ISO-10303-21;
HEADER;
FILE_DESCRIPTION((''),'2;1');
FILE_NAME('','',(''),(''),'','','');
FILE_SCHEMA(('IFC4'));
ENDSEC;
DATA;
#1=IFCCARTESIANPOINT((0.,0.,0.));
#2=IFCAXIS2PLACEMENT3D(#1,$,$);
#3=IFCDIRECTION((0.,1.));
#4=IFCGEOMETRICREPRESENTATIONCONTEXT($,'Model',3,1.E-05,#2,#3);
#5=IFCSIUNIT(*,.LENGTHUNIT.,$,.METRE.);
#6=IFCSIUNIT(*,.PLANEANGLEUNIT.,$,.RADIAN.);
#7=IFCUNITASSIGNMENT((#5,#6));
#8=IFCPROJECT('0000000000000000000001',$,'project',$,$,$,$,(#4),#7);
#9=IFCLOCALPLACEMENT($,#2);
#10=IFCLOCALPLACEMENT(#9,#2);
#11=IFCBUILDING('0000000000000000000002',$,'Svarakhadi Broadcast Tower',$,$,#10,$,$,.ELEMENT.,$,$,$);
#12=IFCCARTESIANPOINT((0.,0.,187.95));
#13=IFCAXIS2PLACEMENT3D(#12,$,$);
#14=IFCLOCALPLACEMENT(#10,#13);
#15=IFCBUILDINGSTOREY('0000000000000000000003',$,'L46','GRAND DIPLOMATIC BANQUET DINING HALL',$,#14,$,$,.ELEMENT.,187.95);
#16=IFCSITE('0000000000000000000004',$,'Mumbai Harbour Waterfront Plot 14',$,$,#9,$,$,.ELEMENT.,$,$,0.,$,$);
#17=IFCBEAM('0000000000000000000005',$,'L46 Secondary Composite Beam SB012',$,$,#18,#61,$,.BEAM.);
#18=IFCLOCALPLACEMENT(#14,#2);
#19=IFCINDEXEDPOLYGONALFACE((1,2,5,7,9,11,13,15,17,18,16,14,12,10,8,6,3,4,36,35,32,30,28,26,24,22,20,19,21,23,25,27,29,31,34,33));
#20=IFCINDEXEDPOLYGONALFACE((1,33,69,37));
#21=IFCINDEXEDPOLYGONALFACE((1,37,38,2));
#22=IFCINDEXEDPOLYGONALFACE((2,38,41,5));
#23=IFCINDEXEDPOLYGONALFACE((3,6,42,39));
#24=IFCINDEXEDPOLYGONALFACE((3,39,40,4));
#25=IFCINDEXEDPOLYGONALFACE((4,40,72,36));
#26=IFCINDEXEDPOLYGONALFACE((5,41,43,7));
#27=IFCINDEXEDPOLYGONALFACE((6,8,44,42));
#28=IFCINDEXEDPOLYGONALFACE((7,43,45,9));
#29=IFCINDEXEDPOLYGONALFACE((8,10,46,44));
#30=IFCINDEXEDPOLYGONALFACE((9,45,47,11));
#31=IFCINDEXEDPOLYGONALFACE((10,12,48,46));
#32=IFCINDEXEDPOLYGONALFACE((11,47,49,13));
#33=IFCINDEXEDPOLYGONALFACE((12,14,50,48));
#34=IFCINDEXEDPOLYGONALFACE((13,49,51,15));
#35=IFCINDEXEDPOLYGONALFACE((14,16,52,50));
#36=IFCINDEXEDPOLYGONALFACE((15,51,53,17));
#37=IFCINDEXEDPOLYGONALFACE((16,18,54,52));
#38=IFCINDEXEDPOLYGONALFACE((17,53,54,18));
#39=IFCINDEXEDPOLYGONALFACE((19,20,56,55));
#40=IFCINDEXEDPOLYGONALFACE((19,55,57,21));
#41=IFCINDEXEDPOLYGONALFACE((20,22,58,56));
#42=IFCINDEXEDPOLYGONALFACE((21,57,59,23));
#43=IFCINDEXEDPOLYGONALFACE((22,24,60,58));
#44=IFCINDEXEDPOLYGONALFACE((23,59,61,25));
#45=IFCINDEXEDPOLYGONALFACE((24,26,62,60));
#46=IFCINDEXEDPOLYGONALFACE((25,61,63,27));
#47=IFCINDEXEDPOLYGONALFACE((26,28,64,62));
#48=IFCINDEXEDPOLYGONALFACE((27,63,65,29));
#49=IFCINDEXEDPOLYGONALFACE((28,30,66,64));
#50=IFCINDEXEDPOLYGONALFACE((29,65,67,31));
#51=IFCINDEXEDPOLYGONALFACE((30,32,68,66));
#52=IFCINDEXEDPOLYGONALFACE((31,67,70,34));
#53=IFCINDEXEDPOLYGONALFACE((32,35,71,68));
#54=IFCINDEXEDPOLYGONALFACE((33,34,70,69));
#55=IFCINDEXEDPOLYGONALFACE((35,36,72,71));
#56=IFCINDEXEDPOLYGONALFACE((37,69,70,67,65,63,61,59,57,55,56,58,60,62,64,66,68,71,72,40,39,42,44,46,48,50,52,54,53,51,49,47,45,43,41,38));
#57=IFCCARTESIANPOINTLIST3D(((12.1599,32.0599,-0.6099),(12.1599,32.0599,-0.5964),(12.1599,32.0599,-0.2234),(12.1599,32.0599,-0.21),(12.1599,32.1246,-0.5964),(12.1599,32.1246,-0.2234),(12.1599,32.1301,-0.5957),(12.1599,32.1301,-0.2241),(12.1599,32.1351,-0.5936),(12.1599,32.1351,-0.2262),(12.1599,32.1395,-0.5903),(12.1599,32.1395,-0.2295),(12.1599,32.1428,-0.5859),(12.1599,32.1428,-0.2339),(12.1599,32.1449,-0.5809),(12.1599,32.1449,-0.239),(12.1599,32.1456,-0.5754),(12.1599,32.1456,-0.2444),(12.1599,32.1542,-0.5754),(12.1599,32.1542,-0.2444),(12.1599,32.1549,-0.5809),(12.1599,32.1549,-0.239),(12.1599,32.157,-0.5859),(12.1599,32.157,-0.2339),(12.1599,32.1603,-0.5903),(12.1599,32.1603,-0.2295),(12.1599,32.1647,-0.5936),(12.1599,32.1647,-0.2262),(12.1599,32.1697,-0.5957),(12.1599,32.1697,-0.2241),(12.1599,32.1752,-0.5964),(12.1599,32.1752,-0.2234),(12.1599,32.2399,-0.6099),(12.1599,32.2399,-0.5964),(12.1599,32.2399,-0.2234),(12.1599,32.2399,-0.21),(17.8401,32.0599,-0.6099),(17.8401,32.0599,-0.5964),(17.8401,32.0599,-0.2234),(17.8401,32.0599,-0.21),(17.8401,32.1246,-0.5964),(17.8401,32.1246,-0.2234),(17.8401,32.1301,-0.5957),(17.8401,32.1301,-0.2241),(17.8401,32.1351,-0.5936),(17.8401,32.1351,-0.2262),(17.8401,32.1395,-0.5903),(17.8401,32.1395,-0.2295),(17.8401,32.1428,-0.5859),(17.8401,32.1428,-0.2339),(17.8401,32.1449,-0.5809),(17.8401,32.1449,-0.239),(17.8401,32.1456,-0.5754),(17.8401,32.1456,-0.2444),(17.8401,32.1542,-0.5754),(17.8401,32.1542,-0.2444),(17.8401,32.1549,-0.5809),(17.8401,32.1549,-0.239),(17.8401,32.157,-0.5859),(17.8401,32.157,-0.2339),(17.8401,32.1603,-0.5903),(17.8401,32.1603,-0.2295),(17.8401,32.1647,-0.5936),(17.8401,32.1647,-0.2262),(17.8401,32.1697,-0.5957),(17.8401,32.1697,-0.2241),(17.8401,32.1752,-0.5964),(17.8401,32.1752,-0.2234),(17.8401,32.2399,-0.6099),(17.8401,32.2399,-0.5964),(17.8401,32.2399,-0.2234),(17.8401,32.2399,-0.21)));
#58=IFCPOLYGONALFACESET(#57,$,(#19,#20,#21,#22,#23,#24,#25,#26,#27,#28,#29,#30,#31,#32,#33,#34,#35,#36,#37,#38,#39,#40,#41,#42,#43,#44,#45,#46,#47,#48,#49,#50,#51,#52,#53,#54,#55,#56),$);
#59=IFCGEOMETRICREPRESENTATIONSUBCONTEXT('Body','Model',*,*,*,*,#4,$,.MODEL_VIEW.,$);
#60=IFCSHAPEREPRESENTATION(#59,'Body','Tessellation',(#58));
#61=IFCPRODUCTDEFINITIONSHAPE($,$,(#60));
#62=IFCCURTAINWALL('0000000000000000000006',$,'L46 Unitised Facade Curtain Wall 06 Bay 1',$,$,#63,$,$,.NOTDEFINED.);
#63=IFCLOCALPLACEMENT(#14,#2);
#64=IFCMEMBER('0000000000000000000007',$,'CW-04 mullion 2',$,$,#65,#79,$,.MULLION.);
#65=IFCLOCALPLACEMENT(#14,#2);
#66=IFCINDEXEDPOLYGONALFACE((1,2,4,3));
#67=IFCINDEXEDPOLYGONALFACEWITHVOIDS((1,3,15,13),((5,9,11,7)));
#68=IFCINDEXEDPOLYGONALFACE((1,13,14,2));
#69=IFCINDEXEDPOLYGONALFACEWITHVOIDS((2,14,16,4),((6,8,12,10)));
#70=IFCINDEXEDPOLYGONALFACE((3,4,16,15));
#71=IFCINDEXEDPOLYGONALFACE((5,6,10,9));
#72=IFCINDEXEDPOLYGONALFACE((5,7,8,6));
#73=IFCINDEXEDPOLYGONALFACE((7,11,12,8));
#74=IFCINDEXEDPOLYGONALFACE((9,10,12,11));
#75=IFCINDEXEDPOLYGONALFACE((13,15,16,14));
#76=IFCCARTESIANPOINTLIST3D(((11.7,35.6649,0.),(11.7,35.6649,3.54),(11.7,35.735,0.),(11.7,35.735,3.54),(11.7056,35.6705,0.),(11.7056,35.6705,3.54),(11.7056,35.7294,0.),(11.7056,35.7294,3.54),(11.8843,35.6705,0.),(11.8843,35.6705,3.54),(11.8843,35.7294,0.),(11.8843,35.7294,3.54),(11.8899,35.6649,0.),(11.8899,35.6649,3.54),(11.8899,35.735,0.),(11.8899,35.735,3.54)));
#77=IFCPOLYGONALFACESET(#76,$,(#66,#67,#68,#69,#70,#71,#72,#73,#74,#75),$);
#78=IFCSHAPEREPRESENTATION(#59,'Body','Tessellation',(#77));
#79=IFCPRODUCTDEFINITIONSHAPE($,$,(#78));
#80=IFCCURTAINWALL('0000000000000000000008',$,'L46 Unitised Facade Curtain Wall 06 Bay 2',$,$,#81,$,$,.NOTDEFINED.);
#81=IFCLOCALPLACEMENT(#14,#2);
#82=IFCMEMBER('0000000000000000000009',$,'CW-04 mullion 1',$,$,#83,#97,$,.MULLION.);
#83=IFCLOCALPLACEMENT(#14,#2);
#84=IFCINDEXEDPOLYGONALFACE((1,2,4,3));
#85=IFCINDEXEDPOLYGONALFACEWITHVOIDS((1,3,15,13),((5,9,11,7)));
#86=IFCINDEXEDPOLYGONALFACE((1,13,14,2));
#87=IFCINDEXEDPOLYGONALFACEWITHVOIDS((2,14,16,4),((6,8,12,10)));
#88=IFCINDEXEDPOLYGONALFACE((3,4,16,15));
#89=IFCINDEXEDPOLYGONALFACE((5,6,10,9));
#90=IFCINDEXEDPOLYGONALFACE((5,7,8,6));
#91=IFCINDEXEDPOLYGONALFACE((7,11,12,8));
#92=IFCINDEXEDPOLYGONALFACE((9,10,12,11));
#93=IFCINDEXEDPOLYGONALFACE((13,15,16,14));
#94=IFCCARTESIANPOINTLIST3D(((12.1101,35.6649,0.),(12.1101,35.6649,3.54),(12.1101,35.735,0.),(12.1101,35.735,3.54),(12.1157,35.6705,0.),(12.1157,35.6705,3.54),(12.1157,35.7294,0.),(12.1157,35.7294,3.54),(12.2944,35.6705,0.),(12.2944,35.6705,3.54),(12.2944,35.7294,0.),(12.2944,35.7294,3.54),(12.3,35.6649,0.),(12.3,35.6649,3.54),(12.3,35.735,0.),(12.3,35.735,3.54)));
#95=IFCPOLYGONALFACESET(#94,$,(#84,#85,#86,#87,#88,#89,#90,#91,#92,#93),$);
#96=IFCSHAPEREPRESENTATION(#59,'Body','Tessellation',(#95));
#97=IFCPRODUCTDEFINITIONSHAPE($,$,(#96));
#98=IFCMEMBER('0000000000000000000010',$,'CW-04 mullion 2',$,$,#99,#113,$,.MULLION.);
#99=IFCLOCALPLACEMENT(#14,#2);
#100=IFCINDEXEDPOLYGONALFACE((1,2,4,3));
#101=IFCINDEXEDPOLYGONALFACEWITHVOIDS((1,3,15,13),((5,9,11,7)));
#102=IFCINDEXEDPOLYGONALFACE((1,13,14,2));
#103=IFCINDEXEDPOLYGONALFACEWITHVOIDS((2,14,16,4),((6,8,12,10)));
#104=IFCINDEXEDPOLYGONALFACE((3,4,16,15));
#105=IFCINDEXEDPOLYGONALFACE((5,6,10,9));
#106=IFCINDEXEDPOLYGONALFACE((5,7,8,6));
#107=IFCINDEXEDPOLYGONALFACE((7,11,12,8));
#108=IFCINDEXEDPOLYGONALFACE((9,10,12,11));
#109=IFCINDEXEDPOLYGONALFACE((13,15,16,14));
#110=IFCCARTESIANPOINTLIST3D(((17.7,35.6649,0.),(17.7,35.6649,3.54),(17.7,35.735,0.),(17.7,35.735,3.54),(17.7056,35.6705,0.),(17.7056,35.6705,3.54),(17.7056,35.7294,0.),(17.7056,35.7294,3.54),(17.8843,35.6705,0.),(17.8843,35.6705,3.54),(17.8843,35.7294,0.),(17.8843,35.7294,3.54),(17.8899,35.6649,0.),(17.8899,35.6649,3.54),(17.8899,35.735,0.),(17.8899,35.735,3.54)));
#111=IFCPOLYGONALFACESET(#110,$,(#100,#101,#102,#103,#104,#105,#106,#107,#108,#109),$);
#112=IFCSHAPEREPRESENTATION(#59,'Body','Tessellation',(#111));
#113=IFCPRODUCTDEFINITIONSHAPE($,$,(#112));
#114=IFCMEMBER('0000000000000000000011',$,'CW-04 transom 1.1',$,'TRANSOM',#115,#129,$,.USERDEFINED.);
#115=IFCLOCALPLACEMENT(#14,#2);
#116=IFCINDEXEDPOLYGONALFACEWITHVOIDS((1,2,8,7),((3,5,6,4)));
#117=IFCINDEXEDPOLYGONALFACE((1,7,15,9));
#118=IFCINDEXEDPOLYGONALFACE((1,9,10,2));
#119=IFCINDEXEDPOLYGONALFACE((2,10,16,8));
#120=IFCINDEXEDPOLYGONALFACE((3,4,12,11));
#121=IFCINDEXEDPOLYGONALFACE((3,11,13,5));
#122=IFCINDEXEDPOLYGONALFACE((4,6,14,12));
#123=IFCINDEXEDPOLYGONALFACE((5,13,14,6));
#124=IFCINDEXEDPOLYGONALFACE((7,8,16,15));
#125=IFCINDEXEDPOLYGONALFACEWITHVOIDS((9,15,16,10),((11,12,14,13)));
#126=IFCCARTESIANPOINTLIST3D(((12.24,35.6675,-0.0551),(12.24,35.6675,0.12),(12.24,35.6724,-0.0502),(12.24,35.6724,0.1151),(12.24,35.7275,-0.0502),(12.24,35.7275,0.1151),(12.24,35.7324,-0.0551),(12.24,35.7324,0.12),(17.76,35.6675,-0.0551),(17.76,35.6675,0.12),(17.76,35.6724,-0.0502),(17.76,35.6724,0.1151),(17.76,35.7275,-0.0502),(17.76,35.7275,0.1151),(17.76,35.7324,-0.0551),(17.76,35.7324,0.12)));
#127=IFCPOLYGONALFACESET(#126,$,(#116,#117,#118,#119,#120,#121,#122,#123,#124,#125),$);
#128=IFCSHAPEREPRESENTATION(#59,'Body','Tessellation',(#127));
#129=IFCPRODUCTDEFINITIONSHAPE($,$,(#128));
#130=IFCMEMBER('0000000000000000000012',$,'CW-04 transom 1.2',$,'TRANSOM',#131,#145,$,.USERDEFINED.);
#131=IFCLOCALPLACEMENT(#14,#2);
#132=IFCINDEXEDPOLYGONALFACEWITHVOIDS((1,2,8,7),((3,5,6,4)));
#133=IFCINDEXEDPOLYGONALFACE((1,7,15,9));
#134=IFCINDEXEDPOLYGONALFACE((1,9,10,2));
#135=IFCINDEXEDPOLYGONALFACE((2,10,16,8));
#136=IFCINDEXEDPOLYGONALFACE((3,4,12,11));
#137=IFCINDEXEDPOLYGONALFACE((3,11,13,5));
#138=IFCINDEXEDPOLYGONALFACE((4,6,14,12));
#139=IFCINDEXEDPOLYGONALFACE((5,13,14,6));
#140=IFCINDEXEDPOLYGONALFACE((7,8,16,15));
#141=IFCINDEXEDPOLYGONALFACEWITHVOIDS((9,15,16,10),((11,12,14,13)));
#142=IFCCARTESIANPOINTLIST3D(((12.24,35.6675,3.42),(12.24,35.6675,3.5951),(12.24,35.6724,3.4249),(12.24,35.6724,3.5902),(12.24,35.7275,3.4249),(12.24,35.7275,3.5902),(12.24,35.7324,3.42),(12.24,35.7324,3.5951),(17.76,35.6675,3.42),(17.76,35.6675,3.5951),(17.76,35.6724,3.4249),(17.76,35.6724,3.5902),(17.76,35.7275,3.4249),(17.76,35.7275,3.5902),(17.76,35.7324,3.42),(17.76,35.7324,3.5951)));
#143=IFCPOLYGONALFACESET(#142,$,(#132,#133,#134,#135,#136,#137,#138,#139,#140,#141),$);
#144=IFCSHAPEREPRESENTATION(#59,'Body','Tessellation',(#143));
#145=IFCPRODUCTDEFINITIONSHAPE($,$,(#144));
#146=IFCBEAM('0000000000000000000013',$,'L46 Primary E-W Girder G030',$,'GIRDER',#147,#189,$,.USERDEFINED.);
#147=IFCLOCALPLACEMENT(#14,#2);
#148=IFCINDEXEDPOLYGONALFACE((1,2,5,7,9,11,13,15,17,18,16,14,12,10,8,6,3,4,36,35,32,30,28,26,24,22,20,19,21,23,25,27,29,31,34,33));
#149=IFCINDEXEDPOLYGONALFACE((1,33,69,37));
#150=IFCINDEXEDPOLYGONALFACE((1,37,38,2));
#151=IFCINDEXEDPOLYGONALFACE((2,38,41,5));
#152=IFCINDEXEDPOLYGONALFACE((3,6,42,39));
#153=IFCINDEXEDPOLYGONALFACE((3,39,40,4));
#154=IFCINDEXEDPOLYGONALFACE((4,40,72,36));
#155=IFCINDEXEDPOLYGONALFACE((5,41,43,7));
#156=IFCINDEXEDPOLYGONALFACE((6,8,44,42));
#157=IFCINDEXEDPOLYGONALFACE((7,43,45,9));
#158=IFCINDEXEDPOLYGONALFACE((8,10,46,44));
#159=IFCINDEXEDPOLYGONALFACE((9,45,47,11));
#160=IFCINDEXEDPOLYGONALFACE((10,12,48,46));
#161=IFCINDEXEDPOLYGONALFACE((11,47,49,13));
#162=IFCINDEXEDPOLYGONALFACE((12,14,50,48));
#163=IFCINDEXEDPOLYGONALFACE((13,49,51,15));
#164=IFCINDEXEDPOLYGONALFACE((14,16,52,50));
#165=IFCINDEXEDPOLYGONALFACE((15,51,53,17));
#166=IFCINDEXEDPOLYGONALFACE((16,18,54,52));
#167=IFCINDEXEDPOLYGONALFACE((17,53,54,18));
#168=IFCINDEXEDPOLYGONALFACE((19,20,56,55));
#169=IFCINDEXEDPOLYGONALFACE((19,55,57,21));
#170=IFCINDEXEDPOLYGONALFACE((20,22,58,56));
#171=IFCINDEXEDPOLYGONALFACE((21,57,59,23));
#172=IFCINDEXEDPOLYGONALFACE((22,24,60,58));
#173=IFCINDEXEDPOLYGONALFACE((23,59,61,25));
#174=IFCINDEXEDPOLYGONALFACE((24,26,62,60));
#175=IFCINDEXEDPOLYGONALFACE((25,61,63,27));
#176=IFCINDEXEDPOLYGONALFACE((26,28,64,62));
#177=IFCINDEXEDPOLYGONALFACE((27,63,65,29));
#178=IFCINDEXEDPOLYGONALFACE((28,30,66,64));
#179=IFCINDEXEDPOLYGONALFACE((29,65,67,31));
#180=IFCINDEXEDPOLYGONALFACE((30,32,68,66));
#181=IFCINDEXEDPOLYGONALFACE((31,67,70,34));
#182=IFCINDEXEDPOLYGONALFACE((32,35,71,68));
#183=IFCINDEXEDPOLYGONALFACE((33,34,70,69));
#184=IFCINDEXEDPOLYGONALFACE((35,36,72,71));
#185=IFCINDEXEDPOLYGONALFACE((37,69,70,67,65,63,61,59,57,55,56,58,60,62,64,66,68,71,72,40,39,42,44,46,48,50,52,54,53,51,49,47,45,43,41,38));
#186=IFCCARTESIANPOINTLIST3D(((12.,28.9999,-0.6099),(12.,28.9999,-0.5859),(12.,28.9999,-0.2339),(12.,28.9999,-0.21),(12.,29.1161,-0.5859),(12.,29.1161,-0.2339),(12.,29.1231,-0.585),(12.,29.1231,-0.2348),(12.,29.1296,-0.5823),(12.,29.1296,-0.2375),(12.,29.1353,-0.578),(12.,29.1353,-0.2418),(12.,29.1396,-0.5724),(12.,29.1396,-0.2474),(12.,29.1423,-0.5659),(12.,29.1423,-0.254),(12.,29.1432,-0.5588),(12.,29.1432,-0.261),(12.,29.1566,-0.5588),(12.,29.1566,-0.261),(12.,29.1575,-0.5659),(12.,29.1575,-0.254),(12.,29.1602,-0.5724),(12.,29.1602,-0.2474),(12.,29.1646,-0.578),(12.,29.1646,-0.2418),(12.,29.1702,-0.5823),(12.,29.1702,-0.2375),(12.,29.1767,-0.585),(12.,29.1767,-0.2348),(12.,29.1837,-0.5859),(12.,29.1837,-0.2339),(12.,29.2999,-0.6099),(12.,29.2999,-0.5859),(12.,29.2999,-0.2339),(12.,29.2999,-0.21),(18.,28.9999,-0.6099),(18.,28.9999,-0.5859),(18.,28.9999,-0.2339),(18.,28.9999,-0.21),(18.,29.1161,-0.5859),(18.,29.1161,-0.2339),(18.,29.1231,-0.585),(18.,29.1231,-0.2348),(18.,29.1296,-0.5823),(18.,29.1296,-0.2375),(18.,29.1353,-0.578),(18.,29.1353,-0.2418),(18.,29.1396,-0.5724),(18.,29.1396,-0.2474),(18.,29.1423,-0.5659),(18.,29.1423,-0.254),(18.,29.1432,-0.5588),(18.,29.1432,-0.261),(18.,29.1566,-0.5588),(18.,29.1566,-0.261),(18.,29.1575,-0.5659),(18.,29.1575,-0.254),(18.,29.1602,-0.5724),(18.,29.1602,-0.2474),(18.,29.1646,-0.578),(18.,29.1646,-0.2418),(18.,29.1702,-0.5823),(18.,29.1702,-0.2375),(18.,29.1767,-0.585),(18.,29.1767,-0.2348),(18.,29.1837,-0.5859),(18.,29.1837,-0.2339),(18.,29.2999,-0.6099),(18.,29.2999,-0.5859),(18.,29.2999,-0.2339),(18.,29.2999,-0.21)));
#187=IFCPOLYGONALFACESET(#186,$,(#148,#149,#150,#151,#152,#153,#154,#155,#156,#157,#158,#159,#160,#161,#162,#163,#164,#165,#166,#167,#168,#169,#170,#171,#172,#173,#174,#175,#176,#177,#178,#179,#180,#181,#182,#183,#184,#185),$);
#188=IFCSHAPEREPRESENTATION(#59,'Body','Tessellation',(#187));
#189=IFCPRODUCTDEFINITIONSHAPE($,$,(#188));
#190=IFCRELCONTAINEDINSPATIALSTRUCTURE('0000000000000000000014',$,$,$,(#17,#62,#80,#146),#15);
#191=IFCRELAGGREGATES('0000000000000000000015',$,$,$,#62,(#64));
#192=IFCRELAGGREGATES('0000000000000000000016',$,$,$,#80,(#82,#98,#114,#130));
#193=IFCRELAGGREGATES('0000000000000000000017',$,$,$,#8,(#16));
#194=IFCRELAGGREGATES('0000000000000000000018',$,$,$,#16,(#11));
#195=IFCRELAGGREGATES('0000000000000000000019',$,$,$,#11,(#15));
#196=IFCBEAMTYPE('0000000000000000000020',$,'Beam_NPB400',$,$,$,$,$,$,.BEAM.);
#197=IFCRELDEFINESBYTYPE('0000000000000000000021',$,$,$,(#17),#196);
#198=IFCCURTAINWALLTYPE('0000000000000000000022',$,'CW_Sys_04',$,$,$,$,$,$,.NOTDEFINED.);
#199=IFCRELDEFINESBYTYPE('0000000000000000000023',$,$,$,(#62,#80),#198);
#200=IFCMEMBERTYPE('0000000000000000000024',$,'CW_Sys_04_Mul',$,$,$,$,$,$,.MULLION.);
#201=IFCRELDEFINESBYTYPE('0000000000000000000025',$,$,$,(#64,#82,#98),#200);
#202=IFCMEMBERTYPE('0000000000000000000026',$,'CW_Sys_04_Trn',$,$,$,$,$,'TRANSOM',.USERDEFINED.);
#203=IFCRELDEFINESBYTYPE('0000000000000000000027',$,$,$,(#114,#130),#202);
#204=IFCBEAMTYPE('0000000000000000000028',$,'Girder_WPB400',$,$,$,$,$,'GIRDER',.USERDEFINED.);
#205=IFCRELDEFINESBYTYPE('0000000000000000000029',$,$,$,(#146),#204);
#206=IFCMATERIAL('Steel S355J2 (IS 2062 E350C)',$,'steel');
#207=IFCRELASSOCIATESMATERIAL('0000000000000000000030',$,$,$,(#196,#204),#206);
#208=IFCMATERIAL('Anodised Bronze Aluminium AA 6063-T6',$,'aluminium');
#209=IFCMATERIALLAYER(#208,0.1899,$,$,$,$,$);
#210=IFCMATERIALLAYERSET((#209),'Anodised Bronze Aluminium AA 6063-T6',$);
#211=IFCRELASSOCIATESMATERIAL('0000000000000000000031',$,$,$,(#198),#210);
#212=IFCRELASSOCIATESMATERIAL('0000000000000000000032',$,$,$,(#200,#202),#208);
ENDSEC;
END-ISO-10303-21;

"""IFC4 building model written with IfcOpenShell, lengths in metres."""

from ifc_helpers import new_model, si_unit, direction, frame, origin, origin_2d, place, context, subcontext, project, spatial, hollow_rectangle, i_section, extrude, material, layer, layer_set, material_profile, profile_set, type_object, element, aggregate, save


model = new_model("IFC4")

# Units and contexts
model_context = context("Model", 3, precision=1e-05, world=origin(), true_north=direction((0.0, 1.0)))
body_context = subcontext(model_context, "Body", "Model", "MODEL_VIEW")
ifc_project = project(units=[si_unit("LENGTHUNIT", "METRE"), si_unit("PLANEANGLEUNIT", "RADIAN")], contexts=[model_context])

# Site, building, storey
site_placement = place(None, origin())
site = spatial("IfcSite", under=ifc_project, at=site_placement, Name="Mumbai Harbour Waterfront Plot 14", CompositionType="ELEMENT", RefElevation=0.0)
building_placement = place(site_placement, origin())
building = spatial("IfcBuilding", under=site, at=building_placement, Name="Svarakhadi Broadcast Tower", CompositionType="ELEMENT")
storey_placement = place(building_placement, frame((0.0, 0.0, 187.95)))
storey = spatial("IfcBuildingStorey", under=building, at=storey_placement, Name="L46", Description="GRAND DIPLOMATIC BANQUET DINING HALL", CompositionType="ELEMENT", Elevation=187.95)

# Beam
ifc_material_1 = material(Name="Steel S355J2 (IS 2062 E350C)", Category="steel")
ifc_material_profile_1 = material_profile(ifc_material_1, i_section(OverallWidth=0.1799, OverallDepth=0.3999, WebThickness=0.0085, FlangeThickness=0.0134, FilletRadius=0.021, at=origin_2d()), Name="NPB 400x180x66")
ifc_profile_set_1 = profile_set([ifc_material_profile_1], Name="Steel S355J2 (IS 2062 E350C)")
beam_type_1 = type_object("IfcBeamType", Name="Beam_NPB400", PredefinedType="BEAM", material=ifc_profile_set_1)
beam_placement = place(storey_placement, frame((12.1599, 32.1499, -0.4099), z_axis=(1.0, 0.0, 0.0), x_axis=(0.0, 1.0, 0.0)))
element("IfcBeam", 1, at=beam_placement, inside=storey, type_object=beam_type_1, Name="L46 Secondary Composite Beam SB012", PredefinedType="BEAM", context=body_context, shape_type="SweptSolid", body=[
    extrude(i_section(OverallWidth=0.1799, OverallDepth=0.3999, WebThickness=0.0085, FlangeThickness=0.0134, FilletRadius=0.021, at=origin_2d()), origin(), (0.0, 0.0, 1.0), 5.6802),
])

# Curtain wall, member
ifc_material_2 = material(Name="Anodised Bronze Aluminium AA 6063-T6", Category="aluminium")
ifc_layer_1 = layer(ifc_material_2, 0.1899)
ifc_layer_set_1 = layer_set([ifc_layer_1], Name="Anodised Bronze Aluminium AA 6063-T6")
curtain_wall_type = type_object("IfcCurtainWallType", Name="CW_Sys_04", PredefinedType="NOTDEFINED", material=ifc_layer_set_1)
curtain_wall_1_placement = place(storey_placement, origin())
curtain_wall_1 = element("IfcCurtainWall", 2, at=curtain_wall_1_placement, inside=storey, type_object=curtain_wall_type, Name="L46 Unitised Facade Curtain Wall 06 Bay 1", PredefinedType="NOTDEFINED")
ifc_material_profile_2 = material_profile(ifc_material_2, hollow_rectangle(XDim=0.0701, YDim=0.1899, WallThickness=0.0056, at=origin_2d()), Name="ALU MULLION 190x70x6")
ifc_profile_set_2 = profile_set([ifc_material_profile_2], Name="Anodised Bronze Aluminium AA 6063-T6")
member_type_1 = type_object("IfcMemberType", Name="CW_Sys_04_Mul", PredefinedType="MULLION", material=ifc_profile_set_2)
member_1_placement = place(storey_placement, frame((11.7949, 35.7, 0.0), z_axis=(0.0, 0.0, 1.0), x_axis=(0.0, 1.0, 0.0)))
member_1 = element("IfcMember", 3, at=member_1_placement, type_object=member_type_1, Name="CW-04 mullion 2", PredefinedType="MULLION", context=body_context, shape_type="SweptSolid", body=[
    extrude(hollow_rectangle(XDim=0.0701, YDim=0.1899, WallThickness=0.0056, at=origin_2d()), origin(), (0.0, 0.0, 1.0), 3.54),
])

# Curtain wall, members
curtain_wall_2_placement = place(storey_placement, origin())
curtain_wall_2 = element("IfcCurtainWall", 4, at=curtain_wall_2_placement, inside=storey, type_object=curtain_wall_type, Name="L46 Unitised Facade Curtain Wall 06 Bay 2", PredefinedType="NOTDEFINED")
member_2_placement = place(storey_placement, frame((12.2051, 35.7, 0.0), z_axis=(0.0, 0.0, 1.0), x_axis=(0.0, 1.0, 0.0)))
member_2 = element("IfcMember", 5, at=member_2_placement, type_object=member_type_1, Name="CW-04 mullion 1", PredefinedType="MULLION", context=body_context, shape_type="SweptSolid", body=[
    extrude(hollow_rectangle(XDim=0.0701, YDim=0.1899, WallThickness=0.0056, at=origin_2d()), origin(), (0.0, 0.0, 1.0), 3.54),
])
member_3_placement = place(storey_placement, frame((17.7949, 35.7, 0.0), z_axis=(0.0, 0.0, 1.0), x_axis=(0.0, 1.0, 0.0)))
member_3 = element("IfcMember", 6, at=member_3_placement, type_object=member_type_1, Name="CW-04 mullion 2", PredefinedType="MULLION", context=body_context, shape_type="SweptSolid", body=[
    extrude(hollow_rectangle(XDim=0.0701, YDim=0.1899, WallThickness=0.0056, at=origin_2d()), origin(), (0.0, 0.0, 1.0), 3.54),
])
ifc_material_profile_3 = material_profile(ifc_material_2, hollow_rectangle(XDim=0.0649, YDim=0.175, WallThickness=0.0049, at=origin_2d()), Name="ALU TRANSOM 175x65x5")
ifc_profile_set_3 = profile_set([ifc_material_profile_3], Name="Anodised Bronze Aluminium AA 6063-T6")
member_type_2 = type_object("IfcMemberType", Name="CW_Sys_04_Trn", ElementType="TRANSOM", PredefinedType="USERDEFINED", material=ifc_profile_set_3)
member_4_placement = place(storey_placement, frame((12.24, 35.7, 0.0325), z_axis=(1.0, 0.0, 0.0), x_axis=(0.0, 1.0, 0.0)))
member_4 = element("IfcMember", 7, at=member_4_placement, type_object=member_type_2, Name="CW-04 transom 1.1", ObjectType="TRANSOM", PredefinedType="USERDEFINED", context=body_context, shape_type="SweptSolid", body=[
    extrude(hollow_rectangle(XDim=0.0649, YDim=0.175, WallThickness=0.0049, at=origin_2d()), origin(), (0.0, 0.0, 1.0), 5.52),
])
member_5_placement = place(storey_placement, frame((12.24, 35.7, 3.5076), z_axis=(1.0, 0.0, 0.0), x_axis=(0.0, 1.0, 0.0)))
member_5 = element("IfcMember", 8, at=member_5_placement, type_object=member_type_2, Name="CW-04 transom 1.2", ObjectType="TRANSOM", PredefinedType="USERDEFINED", context=body_context, shape_type="SweptSolid", body=[
    extrude(hollow_rectangle(XDim=0.0649, YDim=0.175, WallThickness=0.0049, at=origin_2d()), origin(), (0.0, 0.0, 1.0), 5.52),
])

# Beam
ifc_material_profile_4 = material_profile(ifc_material_1, i_section(OverallWidth=0.3, OverallDepth=0.3999, WebThickness=0.0134, FlangeThickness=0.0239, FilletRadius=0.0271, at=origin_2d()), Name="WPB 400x300x155")
ifc_profile_set_4 = profile_set([ifc_material_profile_4], Name="Steel S355J2 (IS 2062 E350C)")
beam_type_2 = type_object("IfcBeamType", Name="Girder_WPB400", ElementType="GIRDER", PredefinedType="USERDEFINED", material=ifc_profile_set_4)
for number, where, z_axis, x_axis, name in (
    (9, (12.0, 29.1499, -0.4099), (1.0, 0.0, 0.0), (0.0, 1.0, 0.0), "L46 Primary E-W Girder G030"),
):
    element("IfcBeam", number, at=place(storey_placement, frame(where, z_axis=z_axis, x_axis=x_axis)), inside=storey, type_object=beam_type_2, Name=name, ObjectType="GIRDER", PredefinedType="USERDEFINED", context=body_context, shape_type="SweptSolid", body=[
        extrude(i_section(OverallWidth=0.3, OverallDepth=0.3999, WebThickness=0.0134, FlangeThickness=0.0239, FilletRadius=0.0271, at=origin_2d()), origin(), (0.0, 0.0, 1.0), 6.0),
    ])

aggregate(curtain_wall_1, [member_1])
aggregate(curtain_wall_2, [member_2, member_3, member_4, member_5])

save(model, "model.ifc")
